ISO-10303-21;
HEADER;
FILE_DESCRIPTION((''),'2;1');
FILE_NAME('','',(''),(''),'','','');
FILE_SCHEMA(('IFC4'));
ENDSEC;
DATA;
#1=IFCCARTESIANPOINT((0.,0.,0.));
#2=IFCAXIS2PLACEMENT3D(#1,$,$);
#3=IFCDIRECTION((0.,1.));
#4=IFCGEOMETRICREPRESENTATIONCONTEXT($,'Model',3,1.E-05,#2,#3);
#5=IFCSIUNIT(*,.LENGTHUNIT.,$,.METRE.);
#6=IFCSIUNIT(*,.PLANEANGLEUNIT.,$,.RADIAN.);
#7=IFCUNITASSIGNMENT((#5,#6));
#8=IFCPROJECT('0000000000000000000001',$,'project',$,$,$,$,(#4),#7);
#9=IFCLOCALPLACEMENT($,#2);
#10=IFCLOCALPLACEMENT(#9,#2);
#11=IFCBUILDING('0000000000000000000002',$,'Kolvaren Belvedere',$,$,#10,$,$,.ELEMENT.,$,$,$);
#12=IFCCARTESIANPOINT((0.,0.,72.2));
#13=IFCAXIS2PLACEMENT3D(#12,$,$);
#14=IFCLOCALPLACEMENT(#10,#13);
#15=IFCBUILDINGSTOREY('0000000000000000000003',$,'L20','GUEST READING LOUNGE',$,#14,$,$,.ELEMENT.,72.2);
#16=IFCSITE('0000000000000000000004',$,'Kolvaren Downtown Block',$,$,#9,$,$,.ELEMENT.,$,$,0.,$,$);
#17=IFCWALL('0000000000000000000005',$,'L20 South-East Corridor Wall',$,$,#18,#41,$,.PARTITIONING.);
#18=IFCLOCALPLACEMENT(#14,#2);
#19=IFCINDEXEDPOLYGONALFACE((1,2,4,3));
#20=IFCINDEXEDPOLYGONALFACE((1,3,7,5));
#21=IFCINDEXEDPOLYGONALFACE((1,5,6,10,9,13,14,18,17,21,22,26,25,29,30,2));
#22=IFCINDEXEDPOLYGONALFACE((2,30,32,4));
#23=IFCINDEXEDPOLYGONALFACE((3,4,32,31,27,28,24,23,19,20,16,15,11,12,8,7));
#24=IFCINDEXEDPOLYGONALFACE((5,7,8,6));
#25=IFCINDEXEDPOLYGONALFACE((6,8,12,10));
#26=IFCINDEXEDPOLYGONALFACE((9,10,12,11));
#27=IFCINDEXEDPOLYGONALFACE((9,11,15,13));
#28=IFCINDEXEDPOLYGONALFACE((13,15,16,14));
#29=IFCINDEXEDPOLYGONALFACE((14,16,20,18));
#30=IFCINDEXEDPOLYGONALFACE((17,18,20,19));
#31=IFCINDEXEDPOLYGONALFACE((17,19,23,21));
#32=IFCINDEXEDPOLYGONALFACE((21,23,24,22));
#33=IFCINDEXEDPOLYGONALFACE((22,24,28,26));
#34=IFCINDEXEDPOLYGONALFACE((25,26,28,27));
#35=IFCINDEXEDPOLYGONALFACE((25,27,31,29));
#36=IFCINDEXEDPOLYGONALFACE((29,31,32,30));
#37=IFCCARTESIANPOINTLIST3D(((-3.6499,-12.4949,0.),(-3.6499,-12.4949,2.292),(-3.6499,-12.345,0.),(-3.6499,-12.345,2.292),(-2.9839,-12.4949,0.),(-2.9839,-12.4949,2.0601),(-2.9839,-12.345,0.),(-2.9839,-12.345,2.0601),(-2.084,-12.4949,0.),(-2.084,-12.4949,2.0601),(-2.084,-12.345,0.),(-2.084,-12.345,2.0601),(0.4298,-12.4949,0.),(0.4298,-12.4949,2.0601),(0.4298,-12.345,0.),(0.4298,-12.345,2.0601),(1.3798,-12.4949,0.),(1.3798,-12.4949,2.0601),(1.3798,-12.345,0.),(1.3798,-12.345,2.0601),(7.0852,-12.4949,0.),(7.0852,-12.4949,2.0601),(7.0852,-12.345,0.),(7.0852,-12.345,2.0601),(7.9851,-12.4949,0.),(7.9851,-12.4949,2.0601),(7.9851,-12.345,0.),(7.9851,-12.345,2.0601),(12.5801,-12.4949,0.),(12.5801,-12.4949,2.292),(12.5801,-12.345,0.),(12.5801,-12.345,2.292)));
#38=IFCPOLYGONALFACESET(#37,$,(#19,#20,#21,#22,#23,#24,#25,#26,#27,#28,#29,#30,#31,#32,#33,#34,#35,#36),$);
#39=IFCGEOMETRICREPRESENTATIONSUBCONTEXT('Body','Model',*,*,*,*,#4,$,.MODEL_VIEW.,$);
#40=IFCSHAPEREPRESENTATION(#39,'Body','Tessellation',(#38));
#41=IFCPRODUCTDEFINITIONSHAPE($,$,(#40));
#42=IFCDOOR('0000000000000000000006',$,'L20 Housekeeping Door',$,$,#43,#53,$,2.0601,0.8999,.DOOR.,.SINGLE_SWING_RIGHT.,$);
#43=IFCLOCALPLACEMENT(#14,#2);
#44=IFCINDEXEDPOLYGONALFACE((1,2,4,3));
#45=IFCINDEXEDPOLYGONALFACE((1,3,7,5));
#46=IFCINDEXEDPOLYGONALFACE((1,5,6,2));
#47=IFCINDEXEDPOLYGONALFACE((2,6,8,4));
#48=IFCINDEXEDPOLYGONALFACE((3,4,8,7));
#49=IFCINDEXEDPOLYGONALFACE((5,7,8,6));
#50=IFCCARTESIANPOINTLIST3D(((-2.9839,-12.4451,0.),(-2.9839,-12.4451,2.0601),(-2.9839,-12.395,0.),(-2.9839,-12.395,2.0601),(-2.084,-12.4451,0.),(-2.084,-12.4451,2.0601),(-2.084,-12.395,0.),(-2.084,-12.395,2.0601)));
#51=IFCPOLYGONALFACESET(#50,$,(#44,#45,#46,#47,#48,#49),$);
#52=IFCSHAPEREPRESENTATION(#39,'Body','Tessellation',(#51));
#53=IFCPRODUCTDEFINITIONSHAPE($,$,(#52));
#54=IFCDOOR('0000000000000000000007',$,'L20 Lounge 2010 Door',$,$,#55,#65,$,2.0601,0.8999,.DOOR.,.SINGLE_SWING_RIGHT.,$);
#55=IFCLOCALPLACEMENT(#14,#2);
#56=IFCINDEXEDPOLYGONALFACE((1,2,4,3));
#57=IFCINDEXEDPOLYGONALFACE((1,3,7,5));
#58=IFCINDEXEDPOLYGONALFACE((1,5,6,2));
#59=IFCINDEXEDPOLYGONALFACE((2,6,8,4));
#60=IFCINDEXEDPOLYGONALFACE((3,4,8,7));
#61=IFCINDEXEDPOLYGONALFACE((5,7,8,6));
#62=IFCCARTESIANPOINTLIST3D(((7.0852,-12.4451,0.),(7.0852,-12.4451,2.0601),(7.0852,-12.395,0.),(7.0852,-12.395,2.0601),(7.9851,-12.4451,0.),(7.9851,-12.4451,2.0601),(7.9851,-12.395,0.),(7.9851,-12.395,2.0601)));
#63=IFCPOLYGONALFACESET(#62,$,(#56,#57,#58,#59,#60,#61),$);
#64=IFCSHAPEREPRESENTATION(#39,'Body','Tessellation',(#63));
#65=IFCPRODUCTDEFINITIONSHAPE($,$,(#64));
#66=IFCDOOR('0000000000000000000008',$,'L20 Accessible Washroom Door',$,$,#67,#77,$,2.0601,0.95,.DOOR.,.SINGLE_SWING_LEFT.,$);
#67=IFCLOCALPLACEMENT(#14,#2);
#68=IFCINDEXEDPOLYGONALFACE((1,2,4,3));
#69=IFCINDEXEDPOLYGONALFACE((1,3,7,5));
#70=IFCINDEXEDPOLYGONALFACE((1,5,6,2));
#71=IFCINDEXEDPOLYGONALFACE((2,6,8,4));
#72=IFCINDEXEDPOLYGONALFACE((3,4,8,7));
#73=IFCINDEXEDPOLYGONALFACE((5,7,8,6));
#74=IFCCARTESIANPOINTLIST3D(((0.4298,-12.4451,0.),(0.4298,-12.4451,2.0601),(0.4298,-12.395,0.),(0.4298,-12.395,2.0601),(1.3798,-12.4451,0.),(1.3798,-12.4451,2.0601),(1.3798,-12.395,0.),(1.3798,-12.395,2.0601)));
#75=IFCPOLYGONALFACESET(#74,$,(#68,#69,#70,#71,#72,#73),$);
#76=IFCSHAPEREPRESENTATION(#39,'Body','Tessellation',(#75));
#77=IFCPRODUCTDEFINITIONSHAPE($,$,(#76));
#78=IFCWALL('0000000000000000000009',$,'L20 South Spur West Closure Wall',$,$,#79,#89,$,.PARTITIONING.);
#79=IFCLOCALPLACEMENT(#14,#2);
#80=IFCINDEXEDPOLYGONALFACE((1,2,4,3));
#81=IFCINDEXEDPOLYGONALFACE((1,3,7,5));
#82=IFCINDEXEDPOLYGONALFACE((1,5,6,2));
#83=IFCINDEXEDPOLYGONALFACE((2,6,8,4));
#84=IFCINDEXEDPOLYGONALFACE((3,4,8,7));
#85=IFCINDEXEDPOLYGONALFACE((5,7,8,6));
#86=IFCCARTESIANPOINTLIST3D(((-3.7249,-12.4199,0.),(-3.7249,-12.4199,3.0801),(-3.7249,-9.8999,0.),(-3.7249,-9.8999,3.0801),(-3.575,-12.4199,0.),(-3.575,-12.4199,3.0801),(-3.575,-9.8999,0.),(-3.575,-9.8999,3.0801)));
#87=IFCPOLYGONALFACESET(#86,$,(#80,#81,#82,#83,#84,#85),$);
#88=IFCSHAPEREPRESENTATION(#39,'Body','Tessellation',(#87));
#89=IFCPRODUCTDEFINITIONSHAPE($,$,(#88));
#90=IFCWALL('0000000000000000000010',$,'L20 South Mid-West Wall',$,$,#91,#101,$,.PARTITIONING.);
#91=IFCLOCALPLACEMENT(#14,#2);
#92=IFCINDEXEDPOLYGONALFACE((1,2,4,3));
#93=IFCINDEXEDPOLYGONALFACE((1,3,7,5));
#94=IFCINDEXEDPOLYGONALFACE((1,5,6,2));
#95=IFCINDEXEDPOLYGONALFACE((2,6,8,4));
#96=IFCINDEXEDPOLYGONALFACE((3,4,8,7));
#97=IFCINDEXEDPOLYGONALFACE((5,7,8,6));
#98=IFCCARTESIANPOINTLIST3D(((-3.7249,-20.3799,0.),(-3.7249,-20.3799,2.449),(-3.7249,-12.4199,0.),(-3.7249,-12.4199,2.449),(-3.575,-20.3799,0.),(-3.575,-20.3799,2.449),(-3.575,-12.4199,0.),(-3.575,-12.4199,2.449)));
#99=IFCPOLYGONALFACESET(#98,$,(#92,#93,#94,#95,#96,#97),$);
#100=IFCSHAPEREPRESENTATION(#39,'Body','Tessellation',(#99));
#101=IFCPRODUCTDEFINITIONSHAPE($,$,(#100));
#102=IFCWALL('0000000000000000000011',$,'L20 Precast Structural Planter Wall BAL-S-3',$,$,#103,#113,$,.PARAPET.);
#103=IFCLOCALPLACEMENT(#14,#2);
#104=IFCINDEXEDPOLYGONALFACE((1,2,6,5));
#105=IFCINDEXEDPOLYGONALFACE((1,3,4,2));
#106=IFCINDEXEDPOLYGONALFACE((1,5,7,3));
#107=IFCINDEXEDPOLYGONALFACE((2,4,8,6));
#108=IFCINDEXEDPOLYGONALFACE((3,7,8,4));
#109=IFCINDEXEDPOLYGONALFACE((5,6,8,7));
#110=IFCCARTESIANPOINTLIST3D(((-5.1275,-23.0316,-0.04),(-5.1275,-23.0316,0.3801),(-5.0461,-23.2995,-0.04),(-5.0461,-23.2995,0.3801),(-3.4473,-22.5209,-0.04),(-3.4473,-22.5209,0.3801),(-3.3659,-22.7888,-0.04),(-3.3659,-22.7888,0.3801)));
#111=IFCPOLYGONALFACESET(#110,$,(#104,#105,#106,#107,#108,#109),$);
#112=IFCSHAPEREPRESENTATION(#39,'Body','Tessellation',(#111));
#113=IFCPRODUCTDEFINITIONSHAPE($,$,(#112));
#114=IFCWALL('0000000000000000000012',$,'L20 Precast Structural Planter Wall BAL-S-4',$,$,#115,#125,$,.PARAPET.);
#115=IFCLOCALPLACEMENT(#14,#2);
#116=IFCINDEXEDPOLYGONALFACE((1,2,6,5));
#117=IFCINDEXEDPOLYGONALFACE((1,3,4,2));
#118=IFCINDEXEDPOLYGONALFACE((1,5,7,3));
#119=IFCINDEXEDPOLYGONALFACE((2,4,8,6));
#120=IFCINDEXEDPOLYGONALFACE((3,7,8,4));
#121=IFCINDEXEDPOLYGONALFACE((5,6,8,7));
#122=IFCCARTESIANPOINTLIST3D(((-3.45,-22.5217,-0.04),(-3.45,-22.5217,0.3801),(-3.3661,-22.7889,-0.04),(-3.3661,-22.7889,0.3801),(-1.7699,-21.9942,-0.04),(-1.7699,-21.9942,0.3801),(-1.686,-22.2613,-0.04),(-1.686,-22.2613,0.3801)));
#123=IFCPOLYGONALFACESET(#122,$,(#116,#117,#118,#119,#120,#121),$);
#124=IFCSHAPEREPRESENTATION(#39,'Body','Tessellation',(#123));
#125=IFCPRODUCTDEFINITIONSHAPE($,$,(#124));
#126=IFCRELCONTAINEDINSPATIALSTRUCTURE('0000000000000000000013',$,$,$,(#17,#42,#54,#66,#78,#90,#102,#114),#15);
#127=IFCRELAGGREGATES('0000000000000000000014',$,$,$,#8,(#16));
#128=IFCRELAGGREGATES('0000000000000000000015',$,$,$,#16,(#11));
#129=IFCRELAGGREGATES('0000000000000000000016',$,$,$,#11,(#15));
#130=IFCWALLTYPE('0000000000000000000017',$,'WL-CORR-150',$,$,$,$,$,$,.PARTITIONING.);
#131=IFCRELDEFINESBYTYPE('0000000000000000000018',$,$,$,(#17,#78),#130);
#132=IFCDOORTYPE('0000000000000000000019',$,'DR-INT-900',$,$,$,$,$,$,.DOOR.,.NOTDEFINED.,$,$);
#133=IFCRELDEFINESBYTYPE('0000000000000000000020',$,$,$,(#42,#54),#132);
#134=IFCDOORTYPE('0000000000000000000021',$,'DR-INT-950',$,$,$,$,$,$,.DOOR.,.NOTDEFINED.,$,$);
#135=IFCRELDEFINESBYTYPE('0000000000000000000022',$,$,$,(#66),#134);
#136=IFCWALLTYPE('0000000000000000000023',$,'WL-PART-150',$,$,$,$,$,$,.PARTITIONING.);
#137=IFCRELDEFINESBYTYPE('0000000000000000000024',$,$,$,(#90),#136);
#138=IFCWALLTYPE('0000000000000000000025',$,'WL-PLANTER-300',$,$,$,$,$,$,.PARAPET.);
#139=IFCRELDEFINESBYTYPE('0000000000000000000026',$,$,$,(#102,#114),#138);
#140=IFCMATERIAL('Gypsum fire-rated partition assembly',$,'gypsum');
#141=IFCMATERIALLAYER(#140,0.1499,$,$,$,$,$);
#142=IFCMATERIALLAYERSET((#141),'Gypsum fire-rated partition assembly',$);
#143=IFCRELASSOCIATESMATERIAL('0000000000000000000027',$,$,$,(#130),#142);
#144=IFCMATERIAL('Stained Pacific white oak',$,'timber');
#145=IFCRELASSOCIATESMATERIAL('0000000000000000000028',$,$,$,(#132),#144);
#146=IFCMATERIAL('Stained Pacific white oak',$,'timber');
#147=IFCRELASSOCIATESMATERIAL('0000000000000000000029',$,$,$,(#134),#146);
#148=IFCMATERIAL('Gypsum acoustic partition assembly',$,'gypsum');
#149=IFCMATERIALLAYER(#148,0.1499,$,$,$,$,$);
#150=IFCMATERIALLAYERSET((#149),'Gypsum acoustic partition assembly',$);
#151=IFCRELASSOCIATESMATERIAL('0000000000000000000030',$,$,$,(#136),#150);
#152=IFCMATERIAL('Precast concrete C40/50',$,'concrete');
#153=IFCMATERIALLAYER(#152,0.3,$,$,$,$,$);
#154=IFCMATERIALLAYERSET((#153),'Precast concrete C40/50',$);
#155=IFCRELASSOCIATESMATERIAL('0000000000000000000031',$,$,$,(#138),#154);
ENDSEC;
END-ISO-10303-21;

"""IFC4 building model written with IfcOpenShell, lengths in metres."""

from ifc_helpers import new_model, si_unit, direction, frame, frame_2d, origin, place, context, subcontext, project, spatial, rectangle, extrude, material, layer, layer_set, type_object, element, fill, save


model = new_model("IFC4")

# Units and contexts
model_context = context("Model", 3, precision=1e-05, world=origin(), true_north=direction((0.0, 1.0)))
body_context = subcontext(model_context, "Body", "Model", "MODEL_VIEW")
ifc_project = project(units=[si_unit("LENGTHUNIT", "METRE"), si_unit("PLANEANGLEUNIT", "RADIAN")], contexts=[model_context])

# Site, building, storey
site_placement = place(None, origin())
site = spatial("IfcSite", under=ifc_project, at=site_placement, Name="Kolvaren Downtown Block", CompositionType="ELEMENT", RefElevation=0.0)
building_placement = place(site_placement, origin())
building = spatial("IfcBuilding", under=site, at=building_placement, Name="Kolvaren Belvedere", CompositionType="ELEMENT")
storey_placement = place(building_placement, frame((0.0, 0.0, 72.2)))
storey = spatial("IfcBuildingStorey", under=building, at=storey_placement, Name="L20", Description="GUEST READING LOUNGE", CompositionType="ELEMENT", Elevation=72.2)

# Wall, openings, doors
ifc_material_1 = material(Name="Gypsum fire-rated partition assembly", Category="gypsum")
ifc_layer_1 = layer(ifc_material_1, 0.1499)
ifc_layer_set_1 = layer_set([ifc_layer_1], Name="Gypsum fire-rated partition assembly")
wall_type_1 = type_object("IfcWallType", Name="WL-CORR-150", PredefinedType="PARTITIONING", material=ifc_layer_set_1)
wall_1_placement = place(storey_placement, frame((-3.6499, -12.4199, 0.0), z_axis=(0.0, 0.0, 1.0), x_axis=(1.0, 0.0, 0.0)))
wall_1 = element("IfcWall", 1, at=wall_1_placement, inside=storey, type_object=wall_type_1, Name="L20 South-East Corridor Wall", PredefinedType="PARTITIONING", context=body_context, shape_type="SweptSolid", body=[
    extrude(rectangle(XDim=16.23, YDim=0.1499, at=frame_2d((8.115, 0.0))), origin(), (0.0, 0.0, 1.0), 2.292),
])
opening_1_placement = place(wall_1_placement, frame((0.666, 0.0, 0.0)))
opening_1 = element("IfcOpeningElement", 2, at=opening_1_placement, cuts=wall_1, PredefinedType="OPENING", context=body_context, shape_type="SweptSolid", body=[
    extrude(rectangle(XDim=0.8999, YDim=2.0601, at=frame_2d((0.45, 1.03))), frame((0.0, 0.085, 0.0), z_axis=(0.0, -1.0, 0.0), x_axis=(1.0, 0.0, 0.0)), (0.0, 0.0, 1.0), 0.1699),
])
opening_2_placement = place(wall_1_placement, frame((4.0796, 0.0, 0.0)))
opening_2 = element("IfcOpeningElement", 3, at=opening_2_placement, cuts=wall_1, PredefinedType="OPENING", context=body_context, shape_type="SweptSolid", body=[
    extrude(rectangle(XDim=0.95, YDim=2.0601, at=frame_2d((0.4751, 1.03))), frame((0.0, 0.085, 0.0), z_axis=(0.0, -1.0, 0.0), x_axis=(1.0, 0.0, 0.0)), (0.0, 0.0, 1.0), 0.1699),
])
opening_3_placement = place(wall_1_placement, frame((10.7351, 0.0, 0.0)))
opening_3 = element("IfcOpeningElement", 4, at=opening_3_placement, cuts=wall_1, PredefinedType="OPENING", context=body_context, shape_type="SweptSolid", body=[
    extrude(rectangle(XDim=0.8999, YDim=2.0601, at=frame_2d((0.45, 1.03))), frame((0.0, 0.085, 0.0), z_axis=(0.0, -1.0, 0.0), x_axis=(1.0, 0.0, 0.0)), (0.0, 0.0, 1.0), 0.1699),
])
ifc_material_2 = material(Name="Stained Pacific white oak", Category="timber")
door_type_1 = type_object("IfcDoorType", Name="DR-INT-900", OperationType="NOTDEFINED", PredefinedType="DOOR", material=ifc_material_2)
door_1_placement = place(opening_1_placement, origin())
door_1 = element("IfcDoor", 5, at=door_1_placement, inside=storey, type_object=door_type_1, Name="L20 Housekeeping Door", OperationType="SINGLE_SWING_RIGHT", OverallHeight=2.0601, OverallWidth=0.8999, PredefinedType="DOOR", context=body_context, shape_type="SweptSolid", body=[
    extrude(rectangle(XDim=0.8999, YDim=2.0601, at=frame_2d((0.45, 1.03))), frame((0.0, 0.0249, 0.0), z_axis=(0.0, -1.0, 0.0), x_axis=(1.0, 0.0, 0.0)), (0.0, 0.0, 1.0), 0.05),
])
fill(opening_1, door_1)
door_2_placement = place(opening_3_placement, origin())
door_2 = element("IfcDoor", 6, at=door_2_placement, inside=storey, type_object=door_type_1, Name="L20 Lounge 2010 Door", OperationType="SINGLE_SWING_RIGHT", OverallHeight=2.0601, OverallWidth=0.8999, PredefinedType="DOOR", context=body_context, shape_type="SweptSolid", body=[
    extrude(rectangle(XDim=0.8999, YDim=2.0601, at=frame_2d((0.45, 1.03))), frame((0.0, 0.0249, 0.0), z_axis=(0.0, -1.0, 0.0), x_axis=(1.0, 0.0, 0.0)), (0.0, 0.0, 1.0), 0.05),
])
fill(opening_3, door_2)
ifc_material_3 = material(Name="Stained Pacific white oak", Category="timber")
door_type_2 = type_object("IfcDoorType", Name="DR-INT-950", OperationType="NOTDEFINED", PredefinedType="DOOR", material=ifc_material_3)
door_3_placement = place(opening_2_placement, origin())
door_3 = element("IfcDoor", 7, at=door_3_placement, inside=storey, type_object=door_type_2, Name="L20 Accessible Washroom Door", OperationType="SINGLE_SWING_LEFT", OverallHeight=2.0601, OverallWidth=0.95, PredefinedType="DOOR", context=body_context, shape_type="SweptSolid", body=[
    extrude(rectangle(XDim=0.95, YDim=2.0601, at=frame_2d((0.4751, 1.03))), frame((0.0, 0.0249, 0.0), z_axis=(0.0, -1.0, 0.0), x_axis=(1.0, 0.0, 0.0)), (0.0, 0.0, 1.0), 0.05),
])
fill(opening_2, door_3)

# Walls
wall_2_placement = place(storey_placement, frame((-3.6499, -12.4199, 0.0), z_axis=(0.0, 0.0, 1.0), x_axis=(0.0, 1.0, 0.0)))
element("IfcWall", 8, at=wall_2_placement, inside=storey, type_object=wall_type_1, Name="L20 South Spur West Closure Wall", PredefinedType="PARTITIONING", context=body_context, shape_type="SweptSolid", body=[
    extrude(rectangle(XDim=2.52, YDim=0.1499, at=frame_2d((1.26, 0.0))), origin(), (0.0, 0.0, 1.0), 3.0801),
])
ifc_material_4 = material(Name="Gypsum acoustic partition assembly", Category="gypsum")
ifc_layer_2 = layer(ifc_material_4, 0.1499)
ifc_layer_set_2 = layer_set([ifc_layer_2], Name="Gypsum acoustic partition assembly")
wall_type_2 = type_object("IfcWallType", Name="WL-PART-150", PredefinedType="PARTITIONING", material=ifc_layer_set_2)
wall_3_placement = place(storey_placement, frame((-3.6499, -20.3799, 0.0), z_axis=(0.0, 0.0, 1.0), x_axis=(0.0, 1.0, 0.0)))
element("IfcWall", 9, at=wall_3_placement, inside=storey, type_object=wall_type_2, Name="L20 South Mid-West Wall", PredefinedType="PARTITIONING", context=body_context, shape_type="SweptSolid", body=[
    extrude(rectangle(XDim=7.96, YDim=0.1499, at=frame_2d((3.98, 0.0))), origin(), (0.0, 0.0, 1.0), 2.449),
])
ifc_material_5 = material(Name="Precast concrete C40/50", Category="concrete")
ifc_layer_3 = layer(ifc_material_5, 0.3)
ifc_layer_set_3 = layer_set([ifc_layer_3], Name="Precast concrete C40/50")
wall_type_3 = type_object("IfcWallType", Name="WL-PLANTER-300", PredefinedType="PARAPET", material=ifc_layer_set_3)
wall_4_placement = place(storey_placement, frame((-5.0867, -23.1655, -0.04), z_axis=(0.0, 0.0, 1.0), x_axis=(0.956771, 0.290841, 0.0)))
element("IfcWall", 10, at=wall_4_placement, inside=storey, type_object=wall_type_3, Name="L20 Precast Structural Planter Wall BAL-S-3", PredefinedType="PARAPET", context=body_context, shape_type="SweptSolid", body=[
    extrude(rectangle(XDim=1.7561, YDim=0.28, at=frame_2d((0.8779, 0.0))), origin(), (0.0, 0.0, 1.0), 0.4202),
])
wall_5_placement = place(storey_placement, frame((-3.408, -22.6553, -0.04), z_axis=(0.0, 0.0, 1.0), x_axis=(0.95407, 0.299585, 0.0)))
element("IfcWall", 11, at=wall_5_placement, inside=storey, type_object=wall_type_3, Name="L20 Precast Structural Planter Wall BAL-S-4", PredefinedType="PARAPET", context=body_context, shape_type="SweptSolid", body=[
    extrude(rectangle(XDim=1.761, YDim=0.28, at=frame_2d((0.8804, 0.0))), origin(), (0.0, 0.0, 1.0), 0.4202),
])

save(model, "model.ifc")
